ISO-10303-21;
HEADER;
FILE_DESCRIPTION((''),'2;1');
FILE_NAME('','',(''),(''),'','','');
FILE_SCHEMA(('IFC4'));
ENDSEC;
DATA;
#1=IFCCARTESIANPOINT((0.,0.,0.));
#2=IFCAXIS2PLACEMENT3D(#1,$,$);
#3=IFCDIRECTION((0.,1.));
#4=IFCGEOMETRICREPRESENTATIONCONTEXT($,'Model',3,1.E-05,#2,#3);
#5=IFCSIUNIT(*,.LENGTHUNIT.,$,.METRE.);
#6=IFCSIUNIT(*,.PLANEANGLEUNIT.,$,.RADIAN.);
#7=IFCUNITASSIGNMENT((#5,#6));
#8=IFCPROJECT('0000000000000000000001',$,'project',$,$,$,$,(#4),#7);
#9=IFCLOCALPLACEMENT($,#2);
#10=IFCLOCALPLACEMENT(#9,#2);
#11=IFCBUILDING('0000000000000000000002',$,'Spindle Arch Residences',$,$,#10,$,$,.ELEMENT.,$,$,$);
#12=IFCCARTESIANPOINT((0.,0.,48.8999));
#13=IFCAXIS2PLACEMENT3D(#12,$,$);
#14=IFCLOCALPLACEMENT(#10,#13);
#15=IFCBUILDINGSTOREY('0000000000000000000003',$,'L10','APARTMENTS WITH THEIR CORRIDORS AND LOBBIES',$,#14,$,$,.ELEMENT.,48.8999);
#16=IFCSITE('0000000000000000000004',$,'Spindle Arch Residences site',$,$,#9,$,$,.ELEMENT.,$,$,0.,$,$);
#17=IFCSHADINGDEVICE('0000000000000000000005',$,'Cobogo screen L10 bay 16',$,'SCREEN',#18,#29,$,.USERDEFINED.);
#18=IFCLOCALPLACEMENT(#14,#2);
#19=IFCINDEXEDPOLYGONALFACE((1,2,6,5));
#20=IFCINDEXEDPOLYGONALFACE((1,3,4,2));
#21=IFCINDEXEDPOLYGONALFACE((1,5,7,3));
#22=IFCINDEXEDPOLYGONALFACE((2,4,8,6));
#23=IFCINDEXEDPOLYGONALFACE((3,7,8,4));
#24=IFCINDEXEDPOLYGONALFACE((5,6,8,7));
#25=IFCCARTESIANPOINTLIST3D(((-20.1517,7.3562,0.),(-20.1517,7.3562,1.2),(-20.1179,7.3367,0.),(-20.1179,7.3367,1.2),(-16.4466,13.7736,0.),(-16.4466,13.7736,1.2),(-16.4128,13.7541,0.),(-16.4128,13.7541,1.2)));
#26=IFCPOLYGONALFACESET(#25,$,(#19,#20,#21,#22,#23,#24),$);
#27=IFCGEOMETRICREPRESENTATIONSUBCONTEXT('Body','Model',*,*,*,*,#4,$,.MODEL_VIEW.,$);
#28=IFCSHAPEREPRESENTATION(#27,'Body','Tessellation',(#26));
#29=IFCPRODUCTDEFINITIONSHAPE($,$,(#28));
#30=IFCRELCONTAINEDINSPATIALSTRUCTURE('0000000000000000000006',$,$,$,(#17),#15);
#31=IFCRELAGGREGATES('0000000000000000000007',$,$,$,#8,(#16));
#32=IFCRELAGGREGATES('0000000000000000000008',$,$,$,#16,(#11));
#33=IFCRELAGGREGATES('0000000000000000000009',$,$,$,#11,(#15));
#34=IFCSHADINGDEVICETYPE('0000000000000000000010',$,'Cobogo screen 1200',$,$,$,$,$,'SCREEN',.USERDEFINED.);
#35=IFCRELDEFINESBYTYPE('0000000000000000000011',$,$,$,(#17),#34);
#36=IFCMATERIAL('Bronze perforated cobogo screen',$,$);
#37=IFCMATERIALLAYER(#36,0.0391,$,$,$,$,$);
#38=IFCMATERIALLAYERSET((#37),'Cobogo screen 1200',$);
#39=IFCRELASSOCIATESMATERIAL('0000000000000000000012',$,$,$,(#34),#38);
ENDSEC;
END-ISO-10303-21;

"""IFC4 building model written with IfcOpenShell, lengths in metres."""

from ifc_helpers import new_model, si_unit, direction, frame, origin, origin_2d, place, context, subcontext, project, spatial, rectangle, extrude, material, layer, layer_set, type_object, element, save


model = new_model("IFC4")

# Units and contexts
model_context = context("Model", 3, precision=1e-05, world=origin(), true_north=direction((0.0, 1.0)))
body_context = subcontext(model_context, "Body", "Model", "MODEL_VIEW")
ifc_project = project(units=[si_unit("LENGTHUNIT", "METRE"), si_unit("PLANEANGLEUNIT", "RADIAN")], contexts=[model_context])

# Site, building, storey
site_placement = place(None, origin())
site = spatial("IfcSite", under=ifc_project, at=site_placement, Name="Spindle Arch Residences site", CompositionType="ELEMENT", RefElevation=0.0)
building_placement = place(site_placement, origin())
building = spatial("IfcBuilding", under=site, at=building_placement, Name="Spindle Arch Residences", CompositionType="ELEMENT")
storey_placement = place(building_placement, frame((0.0, 0.0, 48.8999)))
storey = spatial("IfcBuildingStorey", under=building, at=storey_placement, Name="L10", Description="APARTMENTS WITH THEIR CORRIDORS AND LOBBIES", CompositionType="ELEMENT", Elevation=48.8999)

# Shading device
ifc_material_1 = material(Name="Bronze perforated cobogo screen")
ifc_layer_1 = layer(ifc_material_1, 0.0391)
ifc_layer_set_1 = layer_set([ifc_layer_1], Name="Cobogo screen 1200")
shading_device_type = type_object("IfcShadingDeviceType", Name="Cobogo screen 1200", ElementType="SCREEN", PredefinedType="USERDEFINED", material=ifc_layer_set_1)
shading_device_placement = place(storey_placement, frame((-18.2822, 10.5552, 0.0), z_axis=(0.0, 0.0, 1.0), x_axis=(-0.5, -0.866025, 0.0)))
element("IfcShadingDevice", 1, at=shading_device_placement, inside=storey, type_object=shading_device_type, Name="Cobogo screen L10 bay 16", ObjectType="SCREEN", PredefinedType="USERDEFINED", context=body_context, shape_type="SweptSolid", body=[
    extrude(rectangle(XDim=7.4102, YDim=0.0391, at=origin_2d()), origin(), (0.0, 0.0, 1.0), 1.2),
])

save(model, "model.ifc")
